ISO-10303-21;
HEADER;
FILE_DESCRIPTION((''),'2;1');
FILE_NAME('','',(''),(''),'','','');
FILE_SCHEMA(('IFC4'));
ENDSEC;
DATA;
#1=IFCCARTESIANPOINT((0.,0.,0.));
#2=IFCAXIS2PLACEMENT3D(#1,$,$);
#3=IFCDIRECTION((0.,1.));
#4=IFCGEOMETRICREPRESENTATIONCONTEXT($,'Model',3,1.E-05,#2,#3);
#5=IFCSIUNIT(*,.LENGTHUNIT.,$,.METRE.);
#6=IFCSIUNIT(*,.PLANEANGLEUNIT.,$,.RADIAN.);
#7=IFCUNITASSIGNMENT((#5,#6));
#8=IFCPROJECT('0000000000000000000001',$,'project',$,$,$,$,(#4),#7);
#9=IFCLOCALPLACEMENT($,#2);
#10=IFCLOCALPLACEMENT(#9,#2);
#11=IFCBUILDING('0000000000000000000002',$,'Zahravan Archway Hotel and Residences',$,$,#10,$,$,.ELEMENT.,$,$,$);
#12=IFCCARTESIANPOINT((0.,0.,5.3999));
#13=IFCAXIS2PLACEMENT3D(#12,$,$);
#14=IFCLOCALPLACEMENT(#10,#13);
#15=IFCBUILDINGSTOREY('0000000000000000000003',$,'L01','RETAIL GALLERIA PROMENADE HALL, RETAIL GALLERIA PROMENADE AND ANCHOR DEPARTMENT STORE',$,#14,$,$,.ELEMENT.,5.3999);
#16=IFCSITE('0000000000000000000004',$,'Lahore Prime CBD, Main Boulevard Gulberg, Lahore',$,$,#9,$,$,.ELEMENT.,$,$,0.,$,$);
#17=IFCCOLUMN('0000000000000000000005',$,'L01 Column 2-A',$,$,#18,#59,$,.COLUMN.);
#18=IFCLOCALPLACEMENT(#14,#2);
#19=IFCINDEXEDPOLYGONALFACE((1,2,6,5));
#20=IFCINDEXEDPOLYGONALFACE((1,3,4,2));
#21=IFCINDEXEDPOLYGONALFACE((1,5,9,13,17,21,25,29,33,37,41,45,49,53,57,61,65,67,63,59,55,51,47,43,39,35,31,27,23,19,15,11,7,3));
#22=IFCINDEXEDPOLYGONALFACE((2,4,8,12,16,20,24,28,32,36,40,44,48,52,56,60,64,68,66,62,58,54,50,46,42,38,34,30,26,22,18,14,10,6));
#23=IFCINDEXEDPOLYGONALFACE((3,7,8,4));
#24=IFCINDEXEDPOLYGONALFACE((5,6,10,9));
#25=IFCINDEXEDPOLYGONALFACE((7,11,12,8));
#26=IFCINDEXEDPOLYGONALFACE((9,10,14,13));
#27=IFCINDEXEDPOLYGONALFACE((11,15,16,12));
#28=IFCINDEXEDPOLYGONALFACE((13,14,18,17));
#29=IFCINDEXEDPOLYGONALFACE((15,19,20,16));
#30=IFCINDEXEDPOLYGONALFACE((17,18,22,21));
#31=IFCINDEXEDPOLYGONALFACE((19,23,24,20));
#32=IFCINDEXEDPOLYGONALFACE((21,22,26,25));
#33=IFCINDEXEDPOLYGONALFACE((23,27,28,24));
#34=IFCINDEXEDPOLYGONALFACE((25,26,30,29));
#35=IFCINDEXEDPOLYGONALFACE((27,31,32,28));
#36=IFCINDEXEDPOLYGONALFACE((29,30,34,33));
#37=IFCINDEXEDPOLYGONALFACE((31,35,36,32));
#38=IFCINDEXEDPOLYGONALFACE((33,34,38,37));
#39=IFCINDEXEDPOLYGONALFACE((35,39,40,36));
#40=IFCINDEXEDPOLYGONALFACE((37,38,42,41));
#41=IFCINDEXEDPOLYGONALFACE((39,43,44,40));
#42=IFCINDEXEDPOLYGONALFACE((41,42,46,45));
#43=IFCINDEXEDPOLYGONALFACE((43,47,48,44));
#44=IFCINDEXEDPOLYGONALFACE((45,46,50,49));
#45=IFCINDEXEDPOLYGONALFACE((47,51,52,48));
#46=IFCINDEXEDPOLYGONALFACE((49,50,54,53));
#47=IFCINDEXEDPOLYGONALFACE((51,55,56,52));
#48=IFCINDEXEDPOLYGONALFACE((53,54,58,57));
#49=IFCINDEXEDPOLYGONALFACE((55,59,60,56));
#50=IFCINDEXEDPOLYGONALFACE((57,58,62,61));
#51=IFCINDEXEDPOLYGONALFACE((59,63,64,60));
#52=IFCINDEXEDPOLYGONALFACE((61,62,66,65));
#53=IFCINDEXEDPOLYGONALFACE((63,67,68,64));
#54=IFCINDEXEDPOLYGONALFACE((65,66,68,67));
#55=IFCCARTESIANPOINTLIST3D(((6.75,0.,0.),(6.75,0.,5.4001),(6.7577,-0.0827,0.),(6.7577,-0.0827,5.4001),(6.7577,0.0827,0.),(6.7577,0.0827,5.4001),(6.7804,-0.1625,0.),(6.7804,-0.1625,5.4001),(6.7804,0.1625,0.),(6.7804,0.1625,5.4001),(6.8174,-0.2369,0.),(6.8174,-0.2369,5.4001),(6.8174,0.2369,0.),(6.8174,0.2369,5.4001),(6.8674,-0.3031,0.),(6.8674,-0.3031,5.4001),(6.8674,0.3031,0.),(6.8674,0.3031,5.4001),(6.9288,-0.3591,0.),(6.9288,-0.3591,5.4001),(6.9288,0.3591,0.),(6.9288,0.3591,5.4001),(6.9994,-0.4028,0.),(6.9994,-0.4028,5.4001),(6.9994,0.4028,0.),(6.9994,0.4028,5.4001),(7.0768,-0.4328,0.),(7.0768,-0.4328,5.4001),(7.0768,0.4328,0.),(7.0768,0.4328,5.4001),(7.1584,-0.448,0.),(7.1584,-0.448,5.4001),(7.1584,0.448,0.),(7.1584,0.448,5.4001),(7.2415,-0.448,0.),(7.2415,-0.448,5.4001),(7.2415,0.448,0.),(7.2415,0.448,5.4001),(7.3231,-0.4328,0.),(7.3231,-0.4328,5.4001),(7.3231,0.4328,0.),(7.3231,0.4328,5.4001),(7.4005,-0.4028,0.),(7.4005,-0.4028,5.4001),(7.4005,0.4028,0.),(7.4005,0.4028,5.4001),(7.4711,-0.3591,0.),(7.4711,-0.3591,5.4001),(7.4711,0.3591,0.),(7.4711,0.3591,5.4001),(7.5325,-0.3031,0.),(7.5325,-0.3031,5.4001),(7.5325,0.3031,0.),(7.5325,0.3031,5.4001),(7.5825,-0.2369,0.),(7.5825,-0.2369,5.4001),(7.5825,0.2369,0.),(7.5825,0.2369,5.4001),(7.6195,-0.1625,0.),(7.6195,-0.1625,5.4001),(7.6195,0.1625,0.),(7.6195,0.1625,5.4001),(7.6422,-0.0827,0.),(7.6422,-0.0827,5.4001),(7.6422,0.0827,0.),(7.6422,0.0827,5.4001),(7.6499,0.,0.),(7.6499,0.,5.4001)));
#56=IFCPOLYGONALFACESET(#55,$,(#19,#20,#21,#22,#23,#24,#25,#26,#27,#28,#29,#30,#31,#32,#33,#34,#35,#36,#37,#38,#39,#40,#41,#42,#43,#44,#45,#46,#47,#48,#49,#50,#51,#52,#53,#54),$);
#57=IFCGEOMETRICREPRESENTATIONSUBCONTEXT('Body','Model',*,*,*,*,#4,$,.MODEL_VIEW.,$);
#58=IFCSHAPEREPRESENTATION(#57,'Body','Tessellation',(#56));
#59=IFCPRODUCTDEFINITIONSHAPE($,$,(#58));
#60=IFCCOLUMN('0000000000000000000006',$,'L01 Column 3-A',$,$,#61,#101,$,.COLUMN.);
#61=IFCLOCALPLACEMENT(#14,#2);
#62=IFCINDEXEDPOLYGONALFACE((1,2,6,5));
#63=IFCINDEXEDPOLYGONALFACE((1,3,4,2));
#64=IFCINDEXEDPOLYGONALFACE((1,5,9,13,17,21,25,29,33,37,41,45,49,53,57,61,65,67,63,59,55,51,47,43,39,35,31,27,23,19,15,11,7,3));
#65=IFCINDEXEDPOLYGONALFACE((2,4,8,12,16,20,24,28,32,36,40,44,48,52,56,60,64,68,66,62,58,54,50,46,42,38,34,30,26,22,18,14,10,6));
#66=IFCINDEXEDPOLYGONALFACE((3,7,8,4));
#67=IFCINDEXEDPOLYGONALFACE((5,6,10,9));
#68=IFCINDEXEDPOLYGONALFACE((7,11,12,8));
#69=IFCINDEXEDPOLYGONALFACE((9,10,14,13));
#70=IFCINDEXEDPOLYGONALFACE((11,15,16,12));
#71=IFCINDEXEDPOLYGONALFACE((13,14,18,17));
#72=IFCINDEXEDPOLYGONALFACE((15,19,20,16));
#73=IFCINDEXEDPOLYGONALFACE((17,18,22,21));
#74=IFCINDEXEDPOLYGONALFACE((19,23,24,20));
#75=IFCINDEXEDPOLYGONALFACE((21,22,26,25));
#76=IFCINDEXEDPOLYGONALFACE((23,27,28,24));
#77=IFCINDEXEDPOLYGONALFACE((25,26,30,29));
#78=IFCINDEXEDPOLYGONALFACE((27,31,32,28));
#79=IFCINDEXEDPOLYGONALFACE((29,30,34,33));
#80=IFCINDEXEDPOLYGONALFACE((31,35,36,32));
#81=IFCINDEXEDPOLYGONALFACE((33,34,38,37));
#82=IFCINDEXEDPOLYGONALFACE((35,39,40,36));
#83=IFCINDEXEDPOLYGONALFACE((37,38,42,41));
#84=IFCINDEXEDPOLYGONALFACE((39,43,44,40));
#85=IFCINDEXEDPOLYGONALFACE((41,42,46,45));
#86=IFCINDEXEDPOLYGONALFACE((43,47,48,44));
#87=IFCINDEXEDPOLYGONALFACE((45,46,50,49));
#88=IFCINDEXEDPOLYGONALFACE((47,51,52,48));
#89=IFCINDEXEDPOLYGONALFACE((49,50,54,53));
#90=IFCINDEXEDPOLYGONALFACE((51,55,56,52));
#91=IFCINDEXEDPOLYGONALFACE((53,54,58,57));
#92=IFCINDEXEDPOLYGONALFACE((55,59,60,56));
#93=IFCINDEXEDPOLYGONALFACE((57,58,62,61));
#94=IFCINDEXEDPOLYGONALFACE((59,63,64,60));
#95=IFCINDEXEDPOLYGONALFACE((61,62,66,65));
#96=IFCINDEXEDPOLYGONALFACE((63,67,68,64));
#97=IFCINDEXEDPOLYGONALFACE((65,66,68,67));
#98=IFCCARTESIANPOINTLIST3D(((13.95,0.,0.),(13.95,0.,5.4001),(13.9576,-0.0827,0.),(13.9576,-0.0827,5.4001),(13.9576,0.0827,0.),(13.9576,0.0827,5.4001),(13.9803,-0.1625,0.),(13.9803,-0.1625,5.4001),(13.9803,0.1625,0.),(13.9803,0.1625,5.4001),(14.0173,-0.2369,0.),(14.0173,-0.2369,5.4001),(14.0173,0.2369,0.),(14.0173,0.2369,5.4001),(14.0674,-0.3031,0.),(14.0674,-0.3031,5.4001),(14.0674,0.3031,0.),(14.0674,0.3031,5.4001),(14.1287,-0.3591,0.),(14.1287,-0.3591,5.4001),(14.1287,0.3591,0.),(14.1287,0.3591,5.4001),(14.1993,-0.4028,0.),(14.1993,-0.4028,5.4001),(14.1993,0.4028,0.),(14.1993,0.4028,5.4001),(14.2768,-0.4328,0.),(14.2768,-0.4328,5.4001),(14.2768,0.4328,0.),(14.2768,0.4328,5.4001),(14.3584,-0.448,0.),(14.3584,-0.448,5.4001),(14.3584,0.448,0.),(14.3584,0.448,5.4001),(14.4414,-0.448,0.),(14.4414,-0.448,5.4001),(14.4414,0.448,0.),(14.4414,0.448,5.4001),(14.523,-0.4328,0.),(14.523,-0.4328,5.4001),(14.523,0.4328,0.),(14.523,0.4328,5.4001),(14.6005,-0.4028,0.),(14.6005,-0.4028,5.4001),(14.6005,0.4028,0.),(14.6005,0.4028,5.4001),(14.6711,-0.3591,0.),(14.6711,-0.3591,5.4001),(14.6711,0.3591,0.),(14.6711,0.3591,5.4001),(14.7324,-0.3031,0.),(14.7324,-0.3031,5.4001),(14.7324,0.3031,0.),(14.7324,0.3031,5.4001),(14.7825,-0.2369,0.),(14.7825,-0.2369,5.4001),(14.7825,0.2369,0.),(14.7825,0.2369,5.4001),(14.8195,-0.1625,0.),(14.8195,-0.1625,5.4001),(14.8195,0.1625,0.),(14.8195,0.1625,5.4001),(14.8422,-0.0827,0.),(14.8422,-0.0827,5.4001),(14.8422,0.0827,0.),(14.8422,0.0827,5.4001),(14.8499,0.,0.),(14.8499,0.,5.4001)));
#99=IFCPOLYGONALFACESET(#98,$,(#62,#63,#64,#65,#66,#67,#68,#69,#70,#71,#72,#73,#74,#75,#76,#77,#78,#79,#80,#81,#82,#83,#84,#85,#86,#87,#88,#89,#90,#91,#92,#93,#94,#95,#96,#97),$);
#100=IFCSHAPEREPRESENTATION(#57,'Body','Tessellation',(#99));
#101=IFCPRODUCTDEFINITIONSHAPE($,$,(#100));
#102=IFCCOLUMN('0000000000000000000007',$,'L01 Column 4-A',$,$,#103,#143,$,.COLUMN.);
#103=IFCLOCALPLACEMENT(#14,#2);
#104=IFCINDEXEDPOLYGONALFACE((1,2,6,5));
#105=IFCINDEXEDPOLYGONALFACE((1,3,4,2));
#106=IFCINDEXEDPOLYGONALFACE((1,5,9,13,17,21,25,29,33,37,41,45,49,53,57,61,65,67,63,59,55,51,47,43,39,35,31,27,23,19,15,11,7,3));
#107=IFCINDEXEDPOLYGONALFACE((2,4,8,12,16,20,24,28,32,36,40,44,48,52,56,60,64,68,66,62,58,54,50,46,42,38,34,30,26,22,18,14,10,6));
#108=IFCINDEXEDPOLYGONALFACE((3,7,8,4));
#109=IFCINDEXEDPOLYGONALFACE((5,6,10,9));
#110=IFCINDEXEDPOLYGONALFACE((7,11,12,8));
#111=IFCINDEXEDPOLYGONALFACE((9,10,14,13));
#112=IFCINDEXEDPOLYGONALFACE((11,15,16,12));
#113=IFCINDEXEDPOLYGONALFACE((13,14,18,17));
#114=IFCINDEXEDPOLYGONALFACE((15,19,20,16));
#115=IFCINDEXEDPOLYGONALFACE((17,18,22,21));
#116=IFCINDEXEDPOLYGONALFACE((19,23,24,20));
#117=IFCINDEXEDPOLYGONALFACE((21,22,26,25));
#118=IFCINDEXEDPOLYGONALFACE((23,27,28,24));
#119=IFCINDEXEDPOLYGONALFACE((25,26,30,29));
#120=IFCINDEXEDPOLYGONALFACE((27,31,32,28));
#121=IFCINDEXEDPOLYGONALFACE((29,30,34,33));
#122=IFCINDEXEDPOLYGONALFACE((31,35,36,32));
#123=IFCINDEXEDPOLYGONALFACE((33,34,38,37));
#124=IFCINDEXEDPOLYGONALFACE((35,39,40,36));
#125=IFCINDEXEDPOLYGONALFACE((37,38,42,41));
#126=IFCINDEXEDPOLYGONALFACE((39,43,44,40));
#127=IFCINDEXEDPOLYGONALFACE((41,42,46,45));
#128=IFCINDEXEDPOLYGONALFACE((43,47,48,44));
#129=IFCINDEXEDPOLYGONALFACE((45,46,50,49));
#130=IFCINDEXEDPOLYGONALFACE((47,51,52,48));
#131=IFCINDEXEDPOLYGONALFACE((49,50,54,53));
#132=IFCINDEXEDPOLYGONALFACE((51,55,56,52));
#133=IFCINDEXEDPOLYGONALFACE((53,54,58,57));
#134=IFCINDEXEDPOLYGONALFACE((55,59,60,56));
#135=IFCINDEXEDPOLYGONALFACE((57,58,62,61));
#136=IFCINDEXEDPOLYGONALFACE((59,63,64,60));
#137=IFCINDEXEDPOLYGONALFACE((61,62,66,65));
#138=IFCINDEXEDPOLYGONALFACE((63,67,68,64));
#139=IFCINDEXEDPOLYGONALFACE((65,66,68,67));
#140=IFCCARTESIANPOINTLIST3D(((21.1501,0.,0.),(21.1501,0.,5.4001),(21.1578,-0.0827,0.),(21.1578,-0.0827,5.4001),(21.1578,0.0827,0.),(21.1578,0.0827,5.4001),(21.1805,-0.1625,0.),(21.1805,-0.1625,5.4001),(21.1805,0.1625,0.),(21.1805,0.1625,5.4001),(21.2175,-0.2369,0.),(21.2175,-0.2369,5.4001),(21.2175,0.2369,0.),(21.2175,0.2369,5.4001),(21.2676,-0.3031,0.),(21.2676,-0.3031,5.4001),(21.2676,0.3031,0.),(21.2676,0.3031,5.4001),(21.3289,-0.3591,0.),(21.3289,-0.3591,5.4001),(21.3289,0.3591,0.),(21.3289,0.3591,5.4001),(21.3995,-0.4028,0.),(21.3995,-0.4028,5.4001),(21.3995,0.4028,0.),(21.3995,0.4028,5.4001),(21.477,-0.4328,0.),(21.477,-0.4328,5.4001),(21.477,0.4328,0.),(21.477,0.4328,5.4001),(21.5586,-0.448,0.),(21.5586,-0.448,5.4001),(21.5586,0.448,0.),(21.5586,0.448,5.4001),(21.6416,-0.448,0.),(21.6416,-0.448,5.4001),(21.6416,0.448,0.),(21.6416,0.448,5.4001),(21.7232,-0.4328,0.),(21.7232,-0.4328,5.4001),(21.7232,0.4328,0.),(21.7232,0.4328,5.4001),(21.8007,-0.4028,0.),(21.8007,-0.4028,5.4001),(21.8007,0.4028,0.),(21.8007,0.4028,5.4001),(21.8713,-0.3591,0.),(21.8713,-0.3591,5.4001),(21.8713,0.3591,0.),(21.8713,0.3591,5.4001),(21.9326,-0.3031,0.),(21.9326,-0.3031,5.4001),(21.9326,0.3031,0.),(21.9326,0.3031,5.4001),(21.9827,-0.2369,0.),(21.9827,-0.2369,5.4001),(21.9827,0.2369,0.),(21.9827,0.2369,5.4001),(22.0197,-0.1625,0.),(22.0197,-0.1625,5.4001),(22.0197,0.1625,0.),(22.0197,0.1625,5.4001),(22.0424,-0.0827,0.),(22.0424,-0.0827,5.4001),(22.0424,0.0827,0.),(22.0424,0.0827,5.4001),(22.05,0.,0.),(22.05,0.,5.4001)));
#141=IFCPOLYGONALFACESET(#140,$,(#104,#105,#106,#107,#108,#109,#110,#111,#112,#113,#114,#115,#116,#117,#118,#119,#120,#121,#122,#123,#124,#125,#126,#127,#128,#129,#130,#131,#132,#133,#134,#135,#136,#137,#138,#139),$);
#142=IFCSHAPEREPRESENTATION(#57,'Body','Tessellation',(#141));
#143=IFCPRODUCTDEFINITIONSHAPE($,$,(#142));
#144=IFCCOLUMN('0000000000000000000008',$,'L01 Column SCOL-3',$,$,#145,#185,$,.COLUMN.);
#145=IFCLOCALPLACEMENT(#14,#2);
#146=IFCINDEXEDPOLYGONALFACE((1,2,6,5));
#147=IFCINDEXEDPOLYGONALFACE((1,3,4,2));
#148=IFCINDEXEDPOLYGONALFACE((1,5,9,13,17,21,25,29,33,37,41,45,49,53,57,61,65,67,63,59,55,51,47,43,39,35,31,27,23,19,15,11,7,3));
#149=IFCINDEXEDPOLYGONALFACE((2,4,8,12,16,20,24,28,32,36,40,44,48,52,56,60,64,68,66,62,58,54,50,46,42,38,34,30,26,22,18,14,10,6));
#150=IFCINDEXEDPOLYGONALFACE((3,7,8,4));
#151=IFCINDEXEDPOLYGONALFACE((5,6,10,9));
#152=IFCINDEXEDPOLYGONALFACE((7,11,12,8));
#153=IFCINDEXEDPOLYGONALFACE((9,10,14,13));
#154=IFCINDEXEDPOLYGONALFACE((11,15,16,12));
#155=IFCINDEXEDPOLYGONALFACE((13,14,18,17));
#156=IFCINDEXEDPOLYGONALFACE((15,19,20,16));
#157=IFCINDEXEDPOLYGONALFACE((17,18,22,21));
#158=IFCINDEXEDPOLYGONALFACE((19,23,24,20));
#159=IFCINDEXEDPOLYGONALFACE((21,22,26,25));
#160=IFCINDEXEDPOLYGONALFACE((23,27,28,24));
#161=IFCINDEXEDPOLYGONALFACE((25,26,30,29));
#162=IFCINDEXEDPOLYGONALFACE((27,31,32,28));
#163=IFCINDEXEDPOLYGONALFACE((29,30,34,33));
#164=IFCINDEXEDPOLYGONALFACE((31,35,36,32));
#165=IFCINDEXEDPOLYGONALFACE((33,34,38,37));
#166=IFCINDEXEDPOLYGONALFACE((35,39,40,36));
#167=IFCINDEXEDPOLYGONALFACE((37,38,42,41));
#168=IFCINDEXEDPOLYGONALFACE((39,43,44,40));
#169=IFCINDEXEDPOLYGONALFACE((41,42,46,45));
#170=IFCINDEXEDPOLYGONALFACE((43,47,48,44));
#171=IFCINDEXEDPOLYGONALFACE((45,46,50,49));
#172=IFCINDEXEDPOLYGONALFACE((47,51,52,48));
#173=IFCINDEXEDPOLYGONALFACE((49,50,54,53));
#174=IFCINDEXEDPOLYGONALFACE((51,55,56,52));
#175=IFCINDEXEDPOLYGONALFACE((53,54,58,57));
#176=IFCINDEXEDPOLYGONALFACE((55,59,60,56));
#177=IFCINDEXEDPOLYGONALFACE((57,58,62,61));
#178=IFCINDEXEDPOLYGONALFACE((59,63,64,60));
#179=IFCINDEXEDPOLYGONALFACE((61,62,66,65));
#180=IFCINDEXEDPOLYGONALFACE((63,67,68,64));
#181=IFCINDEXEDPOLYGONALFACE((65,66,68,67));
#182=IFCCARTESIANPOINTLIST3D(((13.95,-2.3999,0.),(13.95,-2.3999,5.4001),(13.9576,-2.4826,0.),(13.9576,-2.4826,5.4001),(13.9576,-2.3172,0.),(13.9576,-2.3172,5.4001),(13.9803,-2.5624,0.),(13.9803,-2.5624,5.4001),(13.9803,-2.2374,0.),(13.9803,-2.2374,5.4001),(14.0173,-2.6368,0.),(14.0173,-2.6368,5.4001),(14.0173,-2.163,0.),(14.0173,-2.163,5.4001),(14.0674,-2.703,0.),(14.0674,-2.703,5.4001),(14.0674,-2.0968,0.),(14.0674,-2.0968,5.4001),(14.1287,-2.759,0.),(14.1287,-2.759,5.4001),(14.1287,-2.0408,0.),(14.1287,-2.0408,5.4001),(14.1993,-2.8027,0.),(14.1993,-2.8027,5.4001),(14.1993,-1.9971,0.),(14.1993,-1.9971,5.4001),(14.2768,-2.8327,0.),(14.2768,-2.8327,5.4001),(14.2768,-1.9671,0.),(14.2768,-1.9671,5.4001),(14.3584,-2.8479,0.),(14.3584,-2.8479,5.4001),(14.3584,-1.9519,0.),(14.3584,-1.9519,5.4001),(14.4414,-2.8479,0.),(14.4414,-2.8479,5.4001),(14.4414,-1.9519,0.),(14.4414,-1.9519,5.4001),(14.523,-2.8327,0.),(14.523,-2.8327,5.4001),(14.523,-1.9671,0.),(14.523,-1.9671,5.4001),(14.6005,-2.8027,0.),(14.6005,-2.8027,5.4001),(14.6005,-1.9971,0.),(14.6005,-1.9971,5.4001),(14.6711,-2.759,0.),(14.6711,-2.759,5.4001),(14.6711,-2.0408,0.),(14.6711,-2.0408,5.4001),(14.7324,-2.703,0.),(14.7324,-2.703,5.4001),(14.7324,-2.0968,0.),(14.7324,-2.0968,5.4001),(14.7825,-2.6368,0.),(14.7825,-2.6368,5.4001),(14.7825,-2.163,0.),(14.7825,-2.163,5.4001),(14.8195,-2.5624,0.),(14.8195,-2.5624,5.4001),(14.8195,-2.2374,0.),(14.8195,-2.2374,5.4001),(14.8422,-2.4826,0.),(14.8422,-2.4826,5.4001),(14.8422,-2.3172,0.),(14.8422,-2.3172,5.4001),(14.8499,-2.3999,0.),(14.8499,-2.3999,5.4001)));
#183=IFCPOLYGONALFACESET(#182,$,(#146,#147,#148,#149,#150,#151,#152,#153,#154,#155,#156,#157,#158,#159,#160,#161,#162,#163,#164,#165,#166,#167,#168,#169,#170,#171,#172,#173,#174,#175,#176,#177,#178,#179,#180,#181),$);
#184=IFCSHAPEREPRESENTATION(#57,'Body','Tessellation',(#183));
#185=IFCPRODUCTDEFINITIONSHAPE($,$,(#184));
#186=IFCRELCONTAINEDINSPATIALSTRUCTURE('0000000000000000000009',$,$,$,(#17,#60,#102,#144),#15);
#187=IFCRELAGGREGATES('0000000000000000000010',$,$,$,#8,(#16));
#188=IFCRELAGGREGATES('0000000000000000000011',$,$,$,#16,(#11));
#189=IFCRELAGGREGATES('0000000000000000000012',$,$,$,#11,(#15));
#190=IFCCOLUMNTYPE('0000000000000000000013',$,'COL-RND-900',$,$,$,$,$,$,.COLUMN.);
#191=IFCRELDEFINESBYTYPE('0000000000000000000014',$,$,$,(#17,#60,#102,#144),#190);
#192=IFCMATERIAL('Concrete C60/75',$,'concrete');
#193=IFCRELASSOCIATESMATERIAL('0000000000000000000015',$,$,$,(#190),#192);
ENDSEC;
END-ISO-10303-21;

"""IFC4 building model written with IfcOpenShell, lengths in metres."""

from ifc_helpers import new_model, si_unit, direction, frame, origin, origin_2d, place, context, subcontext, project, spatial, circle, extrude, source, transform, mapped, material, material_profile, profile_set, type_object, element, save


model = new_model("IFC4")

# Units and contexts
model_context = context("Model", 3, precision=1e-05, world=origin(), true_north=direction((0.0, 1.0)))
body_context = subcontext(model_context, "Body", "Model", "MODEL_VIEW")
ifc_project = project(units=[si_unit("LENGTHUNIT", "METRE"), si_unit("PLANEANGLEUNIT", "RADIAN")], contexts=[model_context])

# Site, building, storey
site_placement = place(None, origin())
site = spatial("IfcSite", under=ifc_project, at=site_placement, Name="Lahore Prime CBD, Main Boulevard Gulberg, Lahore", CompositionType="ELEMENT", RefElevation=0.0)
building_placement = place(site_placement, origin())
building = spatial("IfcBuilding", under=site, at=building_placement, Name="Zahravan Archway Hotel and Residences", CompositionType="ELEMENT")
storey_placement = place(building_placement, frame((0.0, 0.0, 5.3999)))
storey = spatial("IfcBuildingStorey", under=building, at=storey_placement, Name="L01", Description="RETAIL GALLERIA PROMENADE HALL, RETAIL GALLERIA PROMENADE AND ANCHOR DEPARTMENT STORE", CompositionType="ELEMENT", Elevation=5.3999)

# Columns
ifc_material_1 = material(Name="Concrete C60/75", Category="concrete")
ifc_material_profile_1 = material_profile(ifc_material_1, circle(Radius=0.45, at=origin_2d()), Name="RC-CIRC-900", Category="concrete")
ifc_profile_set_1 = profile_set([ifc_material_profile_1], Name="Concrete C60/75")
column_type_1 = type_object("IfcColumnType", Name="COL-RND-900", PredefinedType="COLUMN", material=ifc_profile_set_1)
shared_shape_1 = source(origin(), body_context, "Body", "SweptSolid", [
    extrude(circle(Radius=0.45, at=origin_2d()), origin(), (0.0, 0.0, 1.0), 5.4001),
])
for number, where, z_axis, x_axis, name in (
    (1, (7.2, 0.0, 0.0), (0.0, 0.0, 1.0), (1.0, 0.0, 0.0), "L01 Column 2-A"),
    (2, (14.3999, 0.0, 0.0), (0.0, 0.0, 1.0), (1.0, 0.0, 0.0), "L01 Column 3-A"),
    (3, (21.6001, 0.0, 0.0), (0.0, 0.0, 1.0), (1.0, 0.0, 0.0), "L01 Column 4-A"),
    (4, (14.3999, -2.3999, 0.0), (0.0, 0.0, 1.0), (1.0, 0.0, 0.0), "L01 Column SCOL-3"),
):
    element("IfcColumn", number, at=place(storey_placement, frame(where, z_axis=z_axis, x_axis=x_axis)), inside=storey, type_object=column_type_1, Name=name, PredefinedType="COLUMN", context=body_context, shape_type="MappedRepresentation", body=[
        mapped(shared_shape_1, transform((0.0, 0.0, 0.0), scale=1.0)),
    ])

save(model, "model.ifc")
